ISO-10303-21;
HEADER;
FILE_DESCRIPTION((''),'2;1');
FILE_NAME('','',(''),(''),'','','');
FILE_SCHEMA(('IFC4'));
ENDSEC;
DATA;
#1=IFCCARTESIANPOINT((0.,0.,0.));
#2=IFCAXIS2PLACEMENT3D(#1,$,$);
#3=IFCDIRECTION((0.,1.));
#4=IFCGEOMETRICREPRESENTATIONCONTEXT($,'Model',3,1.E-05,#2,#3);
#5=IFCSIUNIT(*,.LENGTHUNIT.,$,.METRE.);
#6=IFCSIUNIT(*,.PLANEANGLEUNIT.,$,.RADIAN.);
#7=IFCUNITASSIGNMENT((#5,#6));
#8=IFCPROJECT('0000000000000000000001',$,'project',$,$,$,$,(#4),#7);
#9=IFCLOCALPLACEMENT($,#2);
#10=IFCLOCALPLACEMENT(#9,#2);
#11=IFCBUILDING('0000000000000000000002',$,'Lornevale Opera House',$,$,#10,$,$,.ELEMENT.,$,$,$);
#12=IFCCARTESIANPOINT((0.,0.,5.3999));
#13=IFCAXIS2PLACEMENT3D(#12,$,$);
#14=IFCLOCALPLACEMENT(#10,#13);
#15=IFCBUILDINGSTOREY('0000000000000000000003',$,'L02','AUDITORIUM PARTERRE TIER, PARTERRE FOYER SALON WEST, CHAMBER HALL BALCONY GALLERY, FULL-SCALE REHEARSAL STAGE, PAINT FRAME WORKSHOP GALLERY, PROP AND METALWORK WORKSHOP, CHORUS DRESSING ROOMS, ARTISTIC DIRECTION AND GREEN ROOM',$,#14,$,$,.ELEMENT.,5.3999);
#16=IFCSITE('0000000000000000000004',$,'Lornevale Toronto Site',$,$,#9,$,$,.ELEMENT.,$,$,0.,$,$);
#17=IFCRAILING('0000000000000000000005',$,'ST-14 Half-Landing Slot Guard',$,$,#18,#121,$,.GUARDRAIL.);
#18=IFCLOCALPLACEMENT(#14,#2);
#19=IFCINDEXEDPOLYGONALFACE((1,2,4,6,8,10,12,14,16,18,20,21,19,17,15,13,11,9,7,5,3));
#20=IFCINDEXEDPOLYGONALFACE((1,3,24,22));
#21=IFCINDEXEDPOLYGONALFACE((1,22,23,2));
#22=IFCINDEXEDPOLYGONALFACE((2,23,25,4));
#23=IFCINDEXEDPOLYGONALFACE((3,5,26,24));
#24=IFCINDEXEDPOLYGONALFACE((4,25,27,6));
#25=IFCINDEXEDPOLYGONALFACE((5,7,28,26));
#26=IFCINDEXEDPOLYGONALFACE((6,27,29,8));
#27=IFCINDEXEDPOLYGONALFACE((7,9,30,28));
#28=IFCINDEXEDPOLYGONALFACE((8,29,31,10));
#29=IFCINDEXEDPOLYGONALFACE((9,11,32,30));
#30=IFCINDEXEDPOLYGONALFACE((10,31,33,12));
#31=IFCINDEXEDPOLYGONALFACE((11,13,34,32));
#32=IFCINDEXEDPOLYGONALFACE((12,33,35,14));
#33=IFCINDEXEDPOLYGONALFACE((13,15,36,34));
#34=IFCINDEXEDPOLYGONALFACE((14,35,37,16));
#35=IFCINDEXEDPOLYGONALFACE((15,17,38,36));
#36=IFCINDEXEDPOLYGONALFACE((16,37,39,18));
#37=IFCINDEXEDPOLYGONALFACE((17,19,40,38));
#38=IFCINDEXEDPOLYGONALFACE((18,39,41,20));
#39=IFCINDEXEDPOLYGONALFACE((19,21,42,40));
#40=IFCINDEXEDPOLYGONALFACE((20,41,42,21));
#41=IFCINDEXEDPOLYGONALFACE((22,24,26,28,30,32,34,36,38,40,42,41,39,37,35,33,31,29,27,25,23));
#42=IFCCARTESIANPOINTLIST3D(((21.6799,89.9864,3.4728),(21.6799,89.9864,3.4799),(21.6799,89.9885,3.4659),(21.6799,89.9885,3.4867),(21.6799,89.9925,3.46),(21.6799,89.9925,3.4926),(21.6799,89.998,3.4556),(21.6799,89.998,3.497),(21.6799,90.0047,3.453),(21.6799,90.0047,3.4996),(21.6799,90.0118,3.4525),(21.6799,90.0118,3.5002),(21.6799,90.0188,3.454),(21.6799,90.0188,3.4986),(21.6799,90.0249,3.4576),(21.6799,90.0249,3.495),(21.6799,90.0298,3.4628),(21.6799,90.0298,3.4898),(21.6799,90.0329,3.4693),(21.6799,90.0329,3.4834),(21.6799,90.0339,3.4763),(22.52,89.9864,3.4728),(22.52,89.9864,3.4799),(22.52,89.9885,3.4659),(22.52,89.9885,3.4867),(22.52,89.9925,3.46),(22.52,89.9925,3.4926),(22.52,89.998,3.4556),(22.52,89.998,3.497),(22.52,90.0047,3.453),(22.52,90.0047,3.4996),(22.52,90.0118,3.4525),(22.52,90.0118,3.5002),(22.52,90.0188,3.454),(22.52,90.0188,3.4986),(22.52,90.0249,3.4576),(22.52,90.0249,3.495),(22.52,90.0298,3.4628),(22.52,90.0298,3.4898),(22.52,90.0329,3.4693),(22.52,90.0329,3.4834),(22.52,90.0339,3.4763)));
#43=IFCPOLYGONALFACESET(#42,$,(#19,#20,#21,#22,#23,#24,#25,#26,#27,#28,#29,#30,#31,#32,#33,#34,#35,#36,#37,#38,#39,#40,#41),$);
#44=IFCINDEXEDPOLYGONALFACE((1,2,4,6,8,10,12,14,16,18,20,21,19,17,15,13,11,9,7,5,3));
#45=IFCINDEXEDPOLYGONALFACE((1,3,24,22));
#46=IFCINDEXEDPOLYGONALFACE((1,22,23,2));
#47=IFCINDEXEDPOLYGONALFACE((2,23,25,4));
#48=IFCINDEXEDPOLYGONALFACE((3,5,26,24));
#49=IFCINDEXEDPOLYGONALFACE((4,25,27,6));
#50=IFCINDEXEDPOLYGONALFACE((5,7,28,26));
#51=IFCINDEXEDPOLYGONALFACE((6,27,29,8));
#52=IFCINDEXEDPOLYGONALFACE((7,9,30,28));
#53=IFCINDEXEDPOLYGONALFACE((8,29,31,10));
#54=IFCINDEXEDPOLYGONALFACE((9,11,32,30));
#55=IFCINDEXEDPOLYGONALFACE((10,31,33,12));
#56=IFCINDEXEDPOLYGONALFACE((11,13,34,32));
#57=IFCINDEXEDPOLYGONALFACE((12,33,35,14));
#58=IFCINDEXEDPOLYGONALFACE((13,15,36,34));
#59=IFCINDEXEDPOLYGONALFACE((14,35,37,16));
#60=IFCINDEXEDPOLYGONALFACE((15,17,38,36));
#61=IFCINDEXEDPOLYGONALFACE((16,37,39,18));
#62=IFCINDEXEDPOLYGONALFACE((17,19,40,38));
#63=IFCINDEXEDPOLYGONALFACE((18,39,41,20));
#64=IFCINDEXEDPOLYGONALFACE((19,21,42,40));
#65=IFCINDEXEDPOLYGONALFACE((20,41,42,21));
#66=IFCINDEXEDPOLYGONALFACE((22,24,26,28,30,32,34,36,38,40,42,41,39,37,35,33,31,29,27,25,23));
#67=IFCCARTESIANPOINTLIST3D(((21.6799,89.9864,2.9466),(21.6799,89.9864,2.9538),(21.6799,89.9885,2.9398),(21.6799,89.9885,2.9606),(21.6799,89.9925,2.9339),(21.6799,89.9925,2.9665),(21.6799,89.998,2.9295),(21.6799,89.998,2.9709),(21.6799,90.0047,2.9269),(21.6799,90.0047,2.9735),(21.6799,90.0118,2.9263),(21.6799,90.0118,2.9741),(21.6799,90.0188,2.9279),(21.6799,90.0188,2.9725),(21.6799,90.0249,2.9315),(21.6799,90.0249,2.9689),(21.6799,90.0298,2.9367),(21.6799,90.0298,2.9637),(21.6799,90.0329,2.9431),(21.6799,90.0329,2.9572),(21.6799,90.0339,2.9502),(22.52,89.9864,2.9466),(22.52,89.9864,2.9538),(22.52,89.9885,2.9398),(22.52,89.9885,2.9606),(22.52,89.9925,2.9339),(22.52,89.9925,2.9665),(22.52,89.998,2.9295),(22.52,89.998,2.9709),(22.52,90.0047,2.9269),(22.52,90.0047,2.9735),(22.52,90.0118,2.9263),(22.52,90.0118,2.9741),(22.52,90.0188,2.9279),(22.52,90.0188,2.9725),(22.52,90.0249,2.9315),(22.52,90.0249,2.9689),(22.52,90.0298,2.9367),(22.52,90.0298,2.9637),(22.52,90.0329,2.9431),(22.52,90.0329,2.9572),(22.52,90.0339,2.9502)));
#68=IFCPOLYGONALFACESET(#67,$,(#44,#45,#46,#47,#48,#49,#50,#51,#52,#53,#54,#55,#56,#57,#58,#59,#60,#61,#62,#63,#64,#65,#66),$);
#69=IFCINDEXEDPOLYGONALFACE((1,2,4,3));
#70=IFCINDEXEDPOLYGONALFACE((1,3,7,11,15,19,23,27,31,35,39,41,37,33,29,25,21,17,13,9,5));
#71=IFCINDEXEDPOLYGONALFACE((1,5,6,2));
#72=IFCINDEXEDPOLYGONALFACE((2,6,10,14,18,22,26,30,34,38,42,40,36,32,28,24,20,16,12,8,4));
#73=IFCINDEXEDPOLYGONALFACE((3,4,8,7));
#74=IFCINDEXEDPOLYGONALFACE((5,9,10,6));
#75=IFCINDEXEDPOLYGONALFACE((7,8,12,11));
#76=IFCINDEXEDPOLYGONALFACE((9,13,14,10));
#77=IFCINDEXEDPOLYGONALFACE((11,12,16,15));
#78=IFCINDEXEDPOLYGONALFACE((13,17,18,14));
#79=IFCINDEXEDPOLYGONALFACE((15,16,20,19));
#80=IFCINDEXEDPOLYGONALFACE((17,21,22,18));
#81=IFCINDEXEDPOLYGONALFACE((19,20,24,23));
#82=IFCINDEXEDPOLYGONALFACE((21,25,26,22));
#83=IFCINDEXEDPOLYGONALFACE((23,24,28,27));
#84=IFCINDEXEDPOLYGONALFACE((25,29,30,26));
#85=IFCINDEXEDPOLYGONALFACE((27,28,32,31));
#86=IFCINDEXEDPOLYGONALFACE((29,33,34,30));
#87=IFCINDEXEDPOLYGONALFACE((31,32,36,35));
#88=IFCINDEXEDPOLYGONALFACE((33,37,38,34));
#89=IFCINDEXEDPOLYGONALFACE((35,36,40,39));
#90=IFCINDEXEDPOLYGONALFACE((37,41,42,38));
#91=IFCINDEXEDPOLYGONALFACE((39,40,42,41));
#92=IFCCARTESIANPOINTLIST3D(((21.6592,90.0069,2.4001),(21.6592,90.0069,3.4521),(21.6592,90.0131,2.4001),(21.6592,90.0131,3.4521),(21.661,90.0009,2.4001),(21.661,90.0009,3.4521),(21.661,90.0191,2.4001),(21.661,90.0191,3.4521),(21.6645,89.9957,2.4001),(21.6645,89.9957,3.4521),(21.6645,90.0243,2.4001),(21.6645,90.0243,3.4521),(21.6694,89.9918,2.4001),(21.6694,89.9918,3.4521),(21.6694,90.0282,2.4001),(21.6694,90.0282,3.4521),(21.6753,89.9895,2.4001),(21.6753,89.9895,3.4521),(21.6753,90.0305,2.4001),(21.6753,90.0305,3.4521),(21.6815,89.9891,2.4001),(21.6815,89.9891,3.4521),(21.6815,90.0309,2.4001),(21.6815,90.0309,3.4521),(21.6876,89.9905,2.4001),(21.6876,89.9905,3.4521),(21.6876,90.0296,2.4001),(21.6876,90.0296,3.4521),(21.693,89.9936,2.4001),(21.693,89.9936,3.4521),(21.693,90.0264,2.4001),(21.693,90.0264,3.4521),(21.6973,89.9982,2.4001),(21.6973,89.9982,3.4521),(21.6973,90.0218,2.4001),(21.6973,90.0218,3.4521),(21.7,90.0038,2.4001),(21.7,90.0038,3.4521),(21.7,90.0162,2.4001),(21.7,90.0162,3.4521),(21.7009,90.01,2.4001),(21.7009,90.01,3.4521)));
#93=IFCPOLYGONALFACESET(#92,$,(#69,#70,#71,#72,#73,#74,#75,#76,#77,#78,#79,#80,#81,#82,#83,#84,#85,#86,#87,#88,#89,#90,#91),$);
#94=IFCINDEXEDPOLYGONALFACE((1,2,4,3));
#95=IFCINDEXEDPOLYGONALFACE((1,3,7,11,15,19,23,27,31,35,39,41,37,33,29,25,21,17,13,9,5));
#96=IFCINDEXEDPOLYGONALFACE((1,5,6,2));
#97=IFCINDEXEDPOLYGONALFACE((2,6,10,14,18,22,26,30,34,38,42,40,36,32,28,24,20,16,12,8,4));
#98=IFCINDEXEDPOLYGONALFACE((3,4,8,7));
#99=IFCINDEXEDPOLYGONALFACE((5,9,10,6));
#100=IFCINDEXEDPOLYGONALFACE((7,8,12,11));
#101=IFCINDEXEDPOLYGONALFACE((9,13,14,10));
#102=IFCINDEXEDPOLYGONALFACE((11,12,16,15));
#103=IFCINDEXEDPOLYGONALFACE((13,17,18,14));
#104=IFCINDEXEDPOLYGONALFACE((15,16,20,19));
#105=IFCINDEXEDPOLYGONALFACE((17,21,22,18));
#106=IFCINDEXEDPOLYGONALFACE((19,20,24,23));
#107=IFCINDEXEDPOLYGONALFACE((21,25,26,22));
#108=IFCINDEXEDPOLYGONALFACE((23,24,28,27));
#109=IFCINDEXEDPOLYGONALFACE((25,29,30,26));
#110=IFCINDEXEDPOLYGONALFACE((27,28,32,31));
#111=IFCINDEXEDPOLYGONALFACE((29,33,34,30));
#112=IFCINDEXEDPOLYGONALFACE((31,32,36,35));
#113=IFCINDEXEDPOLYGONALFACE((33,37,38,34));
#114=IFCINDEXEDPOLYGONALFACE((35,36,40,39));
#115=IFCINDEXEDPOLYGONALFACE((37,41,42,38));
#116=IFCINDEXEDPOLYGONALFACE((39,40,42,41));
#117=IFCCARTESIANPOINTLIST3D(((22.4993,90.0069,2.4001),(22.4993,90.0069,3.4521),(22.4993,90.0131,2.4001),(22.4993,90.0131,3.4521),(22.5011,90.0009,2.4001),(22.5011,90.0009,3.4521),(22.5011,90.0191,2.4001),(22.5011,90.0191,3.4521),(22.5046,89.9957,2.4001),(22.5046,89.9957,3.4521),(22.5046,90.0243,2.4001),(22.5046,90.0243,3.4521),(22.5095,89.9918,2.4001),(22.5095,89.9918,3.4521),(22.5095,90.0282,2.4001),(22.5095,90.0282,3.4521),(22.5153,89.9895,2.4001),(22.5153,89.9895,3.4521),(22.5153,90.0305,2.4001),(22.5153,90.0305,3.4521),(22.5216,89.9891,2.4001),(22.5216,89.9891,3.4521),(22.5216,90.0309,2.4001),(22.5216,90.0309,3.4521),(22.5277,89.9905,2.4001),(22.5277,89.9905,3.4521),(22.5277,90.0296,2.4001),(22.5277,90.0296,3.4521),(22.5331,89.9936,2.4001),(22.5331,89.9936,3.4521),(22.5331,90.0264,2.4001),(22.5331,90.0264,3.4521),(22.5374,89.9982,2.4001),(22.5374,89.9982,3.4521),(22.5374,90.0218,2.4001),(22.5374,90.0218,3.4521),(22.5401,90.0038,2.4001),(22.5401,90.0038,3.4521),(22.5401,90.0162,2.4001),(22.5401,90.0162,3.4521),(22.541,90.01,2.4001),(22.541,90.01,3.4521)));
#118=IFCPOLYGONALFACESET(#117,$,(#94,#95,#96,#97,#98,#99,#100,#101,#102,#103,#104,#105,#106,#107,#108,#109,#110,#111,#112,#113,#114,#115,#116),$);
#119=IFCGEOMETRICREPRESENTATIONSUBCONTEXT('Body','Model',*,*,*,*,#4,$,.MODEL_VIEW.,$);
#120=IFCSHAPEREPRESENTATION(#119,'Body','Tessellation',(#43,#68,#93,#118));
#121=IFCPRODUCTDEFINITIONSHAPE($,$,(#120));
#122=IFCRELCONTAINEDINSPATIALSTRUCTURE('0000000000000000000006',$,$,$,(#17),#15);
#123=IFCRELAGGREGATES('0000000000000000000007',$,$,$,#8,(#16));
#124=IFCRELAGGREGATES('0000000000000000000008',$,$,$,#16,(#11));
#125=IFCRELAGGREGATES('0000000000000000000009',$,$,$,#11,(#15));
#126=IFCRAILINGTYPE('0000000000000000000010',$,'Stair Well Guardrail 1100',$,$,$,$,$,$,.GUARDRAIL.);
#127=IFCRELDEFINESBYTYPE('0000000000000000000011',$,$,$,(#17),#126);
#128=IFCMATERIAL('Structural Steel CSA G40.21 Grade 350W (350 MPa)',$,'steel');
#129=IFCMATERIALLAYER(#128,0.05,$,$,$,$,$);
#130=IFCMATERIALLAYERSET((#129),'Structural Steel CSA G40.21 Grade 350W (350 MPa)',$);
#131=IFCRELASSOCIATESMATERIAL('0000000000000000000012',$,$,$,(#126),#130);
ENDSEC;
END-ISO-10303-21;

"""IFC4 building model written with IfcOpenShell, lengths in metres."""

from ifc_helpers import new_model, si_unit, direction, frame, origin, origin_2d, place, context, subcontext, project, spatial, circle, extrude, material, layer, layer_set, type_object, element, save


model = new_model("IFC4")

# Units and contexts
model_context = context("Model", 3, precision=1e-05, world=origin(), true_north=direction((0.0, 1.0)))
body_context = subcontext(model_context, "Body", "Model", "MODEL_VIEW")
ifc_project = project(units=[si_unit("LENGTHUNIT", "METRE"), si_unit("PLANEANGLEUNIT", "RADIAN")], contexts=[model_context])

# Site, building, storey
site_placement = place(None, origin())
site = spatial("IfcSite", under=ifc_project, at=site_placement, Name="Lornevale Toronto Site", CompositionType="ELEMENT", RefElevation=0.0)
building_placement = place(site_placement, origin())
building = spatial("IfcBuilding", under=site, at=building_placement, Name="Lornevale Opera House", CompositionType="ELEMENT")
storey_placement = place(building_placement, frame((0.0, 0.0, 5.3999)))
storey = spatial("IfcBuildingStorey", under=building, at=storey_placement, Name="L02", Description="AUDITORIUM PARTERRE TIER, PARTERRE FOYER SALON WEST, CHAMBER HALL BALCONY GALLERY, FULL-SCALE REHEARSAL STAGE, PAINT FRAME WORKSHOP GALLERY, PROP AND METALWORK WORKSHOP, CHORUS DRESSING ROOMS, ARTISTIC DIRECTION AND GREEN ROOM", CompositionType="ELEMENT", Elevation=5.3999)

# Shared definitions
ifc_material_1 = material(Name="Structural Steel CSA G40.21 Grade 350W (350 MPa)", Category="steel")

# Railing
ifc_layer_1 = layer(ifc_material_1, 0.05)
ifc_layer_set_1 = layer_set([ifc_layer_1], Name="Structural Steel CSA G40.21 Grade 350W (350 MPa)")
railing_type_1 = type_object("IfcRailingType", Name="Stair Well Guardrail 1100", PredefinedType="GUARDRAIL", material=ifc_layer_set_1)
railing_1_placement = place(storey_placement, frame((21.6799, 90.01, 2.4001)))
element("IfcRailing", 1, at=railing_1_placement, inside=storey, type_object=railing_type_1, Name="ST-14 Half-Landing Slot Guard", PredefinedType="GUARDRAIL", context=body_context, shape_type="SweptSolid", body=[
    extrude(circle(Radius=0.0239, at=origin_2d()), frame((0.0, 0.0, 1.0762), z_axis=(1.0, 0.0, 0.0), x_axis=(0.0, 1.0, 0.0)), (0.0, 0.0, 1.0), 0.8401),
    extrude(circle(Radius=0.0239, at=origin_2d()), frame((0.0, 0.0, 0.55), z_axis=(1.0, 0.0, 0.0), x_axis=(0.0, 1.0, 0.0)), (0.0, 0.0, 1.0), 0.8401),
    extrude(circle(Radius=0.021, at=origin_2d()), origin(), (0.0, 0.0, 1.0), 1.052),
    extrude(circle(Radius=0.021, at=origin_2d()), frame((0.8401, 0.0, 0.0)), (0.0, 0.0, 1.0), 1.052),
])

save(model, "model.ifc")
